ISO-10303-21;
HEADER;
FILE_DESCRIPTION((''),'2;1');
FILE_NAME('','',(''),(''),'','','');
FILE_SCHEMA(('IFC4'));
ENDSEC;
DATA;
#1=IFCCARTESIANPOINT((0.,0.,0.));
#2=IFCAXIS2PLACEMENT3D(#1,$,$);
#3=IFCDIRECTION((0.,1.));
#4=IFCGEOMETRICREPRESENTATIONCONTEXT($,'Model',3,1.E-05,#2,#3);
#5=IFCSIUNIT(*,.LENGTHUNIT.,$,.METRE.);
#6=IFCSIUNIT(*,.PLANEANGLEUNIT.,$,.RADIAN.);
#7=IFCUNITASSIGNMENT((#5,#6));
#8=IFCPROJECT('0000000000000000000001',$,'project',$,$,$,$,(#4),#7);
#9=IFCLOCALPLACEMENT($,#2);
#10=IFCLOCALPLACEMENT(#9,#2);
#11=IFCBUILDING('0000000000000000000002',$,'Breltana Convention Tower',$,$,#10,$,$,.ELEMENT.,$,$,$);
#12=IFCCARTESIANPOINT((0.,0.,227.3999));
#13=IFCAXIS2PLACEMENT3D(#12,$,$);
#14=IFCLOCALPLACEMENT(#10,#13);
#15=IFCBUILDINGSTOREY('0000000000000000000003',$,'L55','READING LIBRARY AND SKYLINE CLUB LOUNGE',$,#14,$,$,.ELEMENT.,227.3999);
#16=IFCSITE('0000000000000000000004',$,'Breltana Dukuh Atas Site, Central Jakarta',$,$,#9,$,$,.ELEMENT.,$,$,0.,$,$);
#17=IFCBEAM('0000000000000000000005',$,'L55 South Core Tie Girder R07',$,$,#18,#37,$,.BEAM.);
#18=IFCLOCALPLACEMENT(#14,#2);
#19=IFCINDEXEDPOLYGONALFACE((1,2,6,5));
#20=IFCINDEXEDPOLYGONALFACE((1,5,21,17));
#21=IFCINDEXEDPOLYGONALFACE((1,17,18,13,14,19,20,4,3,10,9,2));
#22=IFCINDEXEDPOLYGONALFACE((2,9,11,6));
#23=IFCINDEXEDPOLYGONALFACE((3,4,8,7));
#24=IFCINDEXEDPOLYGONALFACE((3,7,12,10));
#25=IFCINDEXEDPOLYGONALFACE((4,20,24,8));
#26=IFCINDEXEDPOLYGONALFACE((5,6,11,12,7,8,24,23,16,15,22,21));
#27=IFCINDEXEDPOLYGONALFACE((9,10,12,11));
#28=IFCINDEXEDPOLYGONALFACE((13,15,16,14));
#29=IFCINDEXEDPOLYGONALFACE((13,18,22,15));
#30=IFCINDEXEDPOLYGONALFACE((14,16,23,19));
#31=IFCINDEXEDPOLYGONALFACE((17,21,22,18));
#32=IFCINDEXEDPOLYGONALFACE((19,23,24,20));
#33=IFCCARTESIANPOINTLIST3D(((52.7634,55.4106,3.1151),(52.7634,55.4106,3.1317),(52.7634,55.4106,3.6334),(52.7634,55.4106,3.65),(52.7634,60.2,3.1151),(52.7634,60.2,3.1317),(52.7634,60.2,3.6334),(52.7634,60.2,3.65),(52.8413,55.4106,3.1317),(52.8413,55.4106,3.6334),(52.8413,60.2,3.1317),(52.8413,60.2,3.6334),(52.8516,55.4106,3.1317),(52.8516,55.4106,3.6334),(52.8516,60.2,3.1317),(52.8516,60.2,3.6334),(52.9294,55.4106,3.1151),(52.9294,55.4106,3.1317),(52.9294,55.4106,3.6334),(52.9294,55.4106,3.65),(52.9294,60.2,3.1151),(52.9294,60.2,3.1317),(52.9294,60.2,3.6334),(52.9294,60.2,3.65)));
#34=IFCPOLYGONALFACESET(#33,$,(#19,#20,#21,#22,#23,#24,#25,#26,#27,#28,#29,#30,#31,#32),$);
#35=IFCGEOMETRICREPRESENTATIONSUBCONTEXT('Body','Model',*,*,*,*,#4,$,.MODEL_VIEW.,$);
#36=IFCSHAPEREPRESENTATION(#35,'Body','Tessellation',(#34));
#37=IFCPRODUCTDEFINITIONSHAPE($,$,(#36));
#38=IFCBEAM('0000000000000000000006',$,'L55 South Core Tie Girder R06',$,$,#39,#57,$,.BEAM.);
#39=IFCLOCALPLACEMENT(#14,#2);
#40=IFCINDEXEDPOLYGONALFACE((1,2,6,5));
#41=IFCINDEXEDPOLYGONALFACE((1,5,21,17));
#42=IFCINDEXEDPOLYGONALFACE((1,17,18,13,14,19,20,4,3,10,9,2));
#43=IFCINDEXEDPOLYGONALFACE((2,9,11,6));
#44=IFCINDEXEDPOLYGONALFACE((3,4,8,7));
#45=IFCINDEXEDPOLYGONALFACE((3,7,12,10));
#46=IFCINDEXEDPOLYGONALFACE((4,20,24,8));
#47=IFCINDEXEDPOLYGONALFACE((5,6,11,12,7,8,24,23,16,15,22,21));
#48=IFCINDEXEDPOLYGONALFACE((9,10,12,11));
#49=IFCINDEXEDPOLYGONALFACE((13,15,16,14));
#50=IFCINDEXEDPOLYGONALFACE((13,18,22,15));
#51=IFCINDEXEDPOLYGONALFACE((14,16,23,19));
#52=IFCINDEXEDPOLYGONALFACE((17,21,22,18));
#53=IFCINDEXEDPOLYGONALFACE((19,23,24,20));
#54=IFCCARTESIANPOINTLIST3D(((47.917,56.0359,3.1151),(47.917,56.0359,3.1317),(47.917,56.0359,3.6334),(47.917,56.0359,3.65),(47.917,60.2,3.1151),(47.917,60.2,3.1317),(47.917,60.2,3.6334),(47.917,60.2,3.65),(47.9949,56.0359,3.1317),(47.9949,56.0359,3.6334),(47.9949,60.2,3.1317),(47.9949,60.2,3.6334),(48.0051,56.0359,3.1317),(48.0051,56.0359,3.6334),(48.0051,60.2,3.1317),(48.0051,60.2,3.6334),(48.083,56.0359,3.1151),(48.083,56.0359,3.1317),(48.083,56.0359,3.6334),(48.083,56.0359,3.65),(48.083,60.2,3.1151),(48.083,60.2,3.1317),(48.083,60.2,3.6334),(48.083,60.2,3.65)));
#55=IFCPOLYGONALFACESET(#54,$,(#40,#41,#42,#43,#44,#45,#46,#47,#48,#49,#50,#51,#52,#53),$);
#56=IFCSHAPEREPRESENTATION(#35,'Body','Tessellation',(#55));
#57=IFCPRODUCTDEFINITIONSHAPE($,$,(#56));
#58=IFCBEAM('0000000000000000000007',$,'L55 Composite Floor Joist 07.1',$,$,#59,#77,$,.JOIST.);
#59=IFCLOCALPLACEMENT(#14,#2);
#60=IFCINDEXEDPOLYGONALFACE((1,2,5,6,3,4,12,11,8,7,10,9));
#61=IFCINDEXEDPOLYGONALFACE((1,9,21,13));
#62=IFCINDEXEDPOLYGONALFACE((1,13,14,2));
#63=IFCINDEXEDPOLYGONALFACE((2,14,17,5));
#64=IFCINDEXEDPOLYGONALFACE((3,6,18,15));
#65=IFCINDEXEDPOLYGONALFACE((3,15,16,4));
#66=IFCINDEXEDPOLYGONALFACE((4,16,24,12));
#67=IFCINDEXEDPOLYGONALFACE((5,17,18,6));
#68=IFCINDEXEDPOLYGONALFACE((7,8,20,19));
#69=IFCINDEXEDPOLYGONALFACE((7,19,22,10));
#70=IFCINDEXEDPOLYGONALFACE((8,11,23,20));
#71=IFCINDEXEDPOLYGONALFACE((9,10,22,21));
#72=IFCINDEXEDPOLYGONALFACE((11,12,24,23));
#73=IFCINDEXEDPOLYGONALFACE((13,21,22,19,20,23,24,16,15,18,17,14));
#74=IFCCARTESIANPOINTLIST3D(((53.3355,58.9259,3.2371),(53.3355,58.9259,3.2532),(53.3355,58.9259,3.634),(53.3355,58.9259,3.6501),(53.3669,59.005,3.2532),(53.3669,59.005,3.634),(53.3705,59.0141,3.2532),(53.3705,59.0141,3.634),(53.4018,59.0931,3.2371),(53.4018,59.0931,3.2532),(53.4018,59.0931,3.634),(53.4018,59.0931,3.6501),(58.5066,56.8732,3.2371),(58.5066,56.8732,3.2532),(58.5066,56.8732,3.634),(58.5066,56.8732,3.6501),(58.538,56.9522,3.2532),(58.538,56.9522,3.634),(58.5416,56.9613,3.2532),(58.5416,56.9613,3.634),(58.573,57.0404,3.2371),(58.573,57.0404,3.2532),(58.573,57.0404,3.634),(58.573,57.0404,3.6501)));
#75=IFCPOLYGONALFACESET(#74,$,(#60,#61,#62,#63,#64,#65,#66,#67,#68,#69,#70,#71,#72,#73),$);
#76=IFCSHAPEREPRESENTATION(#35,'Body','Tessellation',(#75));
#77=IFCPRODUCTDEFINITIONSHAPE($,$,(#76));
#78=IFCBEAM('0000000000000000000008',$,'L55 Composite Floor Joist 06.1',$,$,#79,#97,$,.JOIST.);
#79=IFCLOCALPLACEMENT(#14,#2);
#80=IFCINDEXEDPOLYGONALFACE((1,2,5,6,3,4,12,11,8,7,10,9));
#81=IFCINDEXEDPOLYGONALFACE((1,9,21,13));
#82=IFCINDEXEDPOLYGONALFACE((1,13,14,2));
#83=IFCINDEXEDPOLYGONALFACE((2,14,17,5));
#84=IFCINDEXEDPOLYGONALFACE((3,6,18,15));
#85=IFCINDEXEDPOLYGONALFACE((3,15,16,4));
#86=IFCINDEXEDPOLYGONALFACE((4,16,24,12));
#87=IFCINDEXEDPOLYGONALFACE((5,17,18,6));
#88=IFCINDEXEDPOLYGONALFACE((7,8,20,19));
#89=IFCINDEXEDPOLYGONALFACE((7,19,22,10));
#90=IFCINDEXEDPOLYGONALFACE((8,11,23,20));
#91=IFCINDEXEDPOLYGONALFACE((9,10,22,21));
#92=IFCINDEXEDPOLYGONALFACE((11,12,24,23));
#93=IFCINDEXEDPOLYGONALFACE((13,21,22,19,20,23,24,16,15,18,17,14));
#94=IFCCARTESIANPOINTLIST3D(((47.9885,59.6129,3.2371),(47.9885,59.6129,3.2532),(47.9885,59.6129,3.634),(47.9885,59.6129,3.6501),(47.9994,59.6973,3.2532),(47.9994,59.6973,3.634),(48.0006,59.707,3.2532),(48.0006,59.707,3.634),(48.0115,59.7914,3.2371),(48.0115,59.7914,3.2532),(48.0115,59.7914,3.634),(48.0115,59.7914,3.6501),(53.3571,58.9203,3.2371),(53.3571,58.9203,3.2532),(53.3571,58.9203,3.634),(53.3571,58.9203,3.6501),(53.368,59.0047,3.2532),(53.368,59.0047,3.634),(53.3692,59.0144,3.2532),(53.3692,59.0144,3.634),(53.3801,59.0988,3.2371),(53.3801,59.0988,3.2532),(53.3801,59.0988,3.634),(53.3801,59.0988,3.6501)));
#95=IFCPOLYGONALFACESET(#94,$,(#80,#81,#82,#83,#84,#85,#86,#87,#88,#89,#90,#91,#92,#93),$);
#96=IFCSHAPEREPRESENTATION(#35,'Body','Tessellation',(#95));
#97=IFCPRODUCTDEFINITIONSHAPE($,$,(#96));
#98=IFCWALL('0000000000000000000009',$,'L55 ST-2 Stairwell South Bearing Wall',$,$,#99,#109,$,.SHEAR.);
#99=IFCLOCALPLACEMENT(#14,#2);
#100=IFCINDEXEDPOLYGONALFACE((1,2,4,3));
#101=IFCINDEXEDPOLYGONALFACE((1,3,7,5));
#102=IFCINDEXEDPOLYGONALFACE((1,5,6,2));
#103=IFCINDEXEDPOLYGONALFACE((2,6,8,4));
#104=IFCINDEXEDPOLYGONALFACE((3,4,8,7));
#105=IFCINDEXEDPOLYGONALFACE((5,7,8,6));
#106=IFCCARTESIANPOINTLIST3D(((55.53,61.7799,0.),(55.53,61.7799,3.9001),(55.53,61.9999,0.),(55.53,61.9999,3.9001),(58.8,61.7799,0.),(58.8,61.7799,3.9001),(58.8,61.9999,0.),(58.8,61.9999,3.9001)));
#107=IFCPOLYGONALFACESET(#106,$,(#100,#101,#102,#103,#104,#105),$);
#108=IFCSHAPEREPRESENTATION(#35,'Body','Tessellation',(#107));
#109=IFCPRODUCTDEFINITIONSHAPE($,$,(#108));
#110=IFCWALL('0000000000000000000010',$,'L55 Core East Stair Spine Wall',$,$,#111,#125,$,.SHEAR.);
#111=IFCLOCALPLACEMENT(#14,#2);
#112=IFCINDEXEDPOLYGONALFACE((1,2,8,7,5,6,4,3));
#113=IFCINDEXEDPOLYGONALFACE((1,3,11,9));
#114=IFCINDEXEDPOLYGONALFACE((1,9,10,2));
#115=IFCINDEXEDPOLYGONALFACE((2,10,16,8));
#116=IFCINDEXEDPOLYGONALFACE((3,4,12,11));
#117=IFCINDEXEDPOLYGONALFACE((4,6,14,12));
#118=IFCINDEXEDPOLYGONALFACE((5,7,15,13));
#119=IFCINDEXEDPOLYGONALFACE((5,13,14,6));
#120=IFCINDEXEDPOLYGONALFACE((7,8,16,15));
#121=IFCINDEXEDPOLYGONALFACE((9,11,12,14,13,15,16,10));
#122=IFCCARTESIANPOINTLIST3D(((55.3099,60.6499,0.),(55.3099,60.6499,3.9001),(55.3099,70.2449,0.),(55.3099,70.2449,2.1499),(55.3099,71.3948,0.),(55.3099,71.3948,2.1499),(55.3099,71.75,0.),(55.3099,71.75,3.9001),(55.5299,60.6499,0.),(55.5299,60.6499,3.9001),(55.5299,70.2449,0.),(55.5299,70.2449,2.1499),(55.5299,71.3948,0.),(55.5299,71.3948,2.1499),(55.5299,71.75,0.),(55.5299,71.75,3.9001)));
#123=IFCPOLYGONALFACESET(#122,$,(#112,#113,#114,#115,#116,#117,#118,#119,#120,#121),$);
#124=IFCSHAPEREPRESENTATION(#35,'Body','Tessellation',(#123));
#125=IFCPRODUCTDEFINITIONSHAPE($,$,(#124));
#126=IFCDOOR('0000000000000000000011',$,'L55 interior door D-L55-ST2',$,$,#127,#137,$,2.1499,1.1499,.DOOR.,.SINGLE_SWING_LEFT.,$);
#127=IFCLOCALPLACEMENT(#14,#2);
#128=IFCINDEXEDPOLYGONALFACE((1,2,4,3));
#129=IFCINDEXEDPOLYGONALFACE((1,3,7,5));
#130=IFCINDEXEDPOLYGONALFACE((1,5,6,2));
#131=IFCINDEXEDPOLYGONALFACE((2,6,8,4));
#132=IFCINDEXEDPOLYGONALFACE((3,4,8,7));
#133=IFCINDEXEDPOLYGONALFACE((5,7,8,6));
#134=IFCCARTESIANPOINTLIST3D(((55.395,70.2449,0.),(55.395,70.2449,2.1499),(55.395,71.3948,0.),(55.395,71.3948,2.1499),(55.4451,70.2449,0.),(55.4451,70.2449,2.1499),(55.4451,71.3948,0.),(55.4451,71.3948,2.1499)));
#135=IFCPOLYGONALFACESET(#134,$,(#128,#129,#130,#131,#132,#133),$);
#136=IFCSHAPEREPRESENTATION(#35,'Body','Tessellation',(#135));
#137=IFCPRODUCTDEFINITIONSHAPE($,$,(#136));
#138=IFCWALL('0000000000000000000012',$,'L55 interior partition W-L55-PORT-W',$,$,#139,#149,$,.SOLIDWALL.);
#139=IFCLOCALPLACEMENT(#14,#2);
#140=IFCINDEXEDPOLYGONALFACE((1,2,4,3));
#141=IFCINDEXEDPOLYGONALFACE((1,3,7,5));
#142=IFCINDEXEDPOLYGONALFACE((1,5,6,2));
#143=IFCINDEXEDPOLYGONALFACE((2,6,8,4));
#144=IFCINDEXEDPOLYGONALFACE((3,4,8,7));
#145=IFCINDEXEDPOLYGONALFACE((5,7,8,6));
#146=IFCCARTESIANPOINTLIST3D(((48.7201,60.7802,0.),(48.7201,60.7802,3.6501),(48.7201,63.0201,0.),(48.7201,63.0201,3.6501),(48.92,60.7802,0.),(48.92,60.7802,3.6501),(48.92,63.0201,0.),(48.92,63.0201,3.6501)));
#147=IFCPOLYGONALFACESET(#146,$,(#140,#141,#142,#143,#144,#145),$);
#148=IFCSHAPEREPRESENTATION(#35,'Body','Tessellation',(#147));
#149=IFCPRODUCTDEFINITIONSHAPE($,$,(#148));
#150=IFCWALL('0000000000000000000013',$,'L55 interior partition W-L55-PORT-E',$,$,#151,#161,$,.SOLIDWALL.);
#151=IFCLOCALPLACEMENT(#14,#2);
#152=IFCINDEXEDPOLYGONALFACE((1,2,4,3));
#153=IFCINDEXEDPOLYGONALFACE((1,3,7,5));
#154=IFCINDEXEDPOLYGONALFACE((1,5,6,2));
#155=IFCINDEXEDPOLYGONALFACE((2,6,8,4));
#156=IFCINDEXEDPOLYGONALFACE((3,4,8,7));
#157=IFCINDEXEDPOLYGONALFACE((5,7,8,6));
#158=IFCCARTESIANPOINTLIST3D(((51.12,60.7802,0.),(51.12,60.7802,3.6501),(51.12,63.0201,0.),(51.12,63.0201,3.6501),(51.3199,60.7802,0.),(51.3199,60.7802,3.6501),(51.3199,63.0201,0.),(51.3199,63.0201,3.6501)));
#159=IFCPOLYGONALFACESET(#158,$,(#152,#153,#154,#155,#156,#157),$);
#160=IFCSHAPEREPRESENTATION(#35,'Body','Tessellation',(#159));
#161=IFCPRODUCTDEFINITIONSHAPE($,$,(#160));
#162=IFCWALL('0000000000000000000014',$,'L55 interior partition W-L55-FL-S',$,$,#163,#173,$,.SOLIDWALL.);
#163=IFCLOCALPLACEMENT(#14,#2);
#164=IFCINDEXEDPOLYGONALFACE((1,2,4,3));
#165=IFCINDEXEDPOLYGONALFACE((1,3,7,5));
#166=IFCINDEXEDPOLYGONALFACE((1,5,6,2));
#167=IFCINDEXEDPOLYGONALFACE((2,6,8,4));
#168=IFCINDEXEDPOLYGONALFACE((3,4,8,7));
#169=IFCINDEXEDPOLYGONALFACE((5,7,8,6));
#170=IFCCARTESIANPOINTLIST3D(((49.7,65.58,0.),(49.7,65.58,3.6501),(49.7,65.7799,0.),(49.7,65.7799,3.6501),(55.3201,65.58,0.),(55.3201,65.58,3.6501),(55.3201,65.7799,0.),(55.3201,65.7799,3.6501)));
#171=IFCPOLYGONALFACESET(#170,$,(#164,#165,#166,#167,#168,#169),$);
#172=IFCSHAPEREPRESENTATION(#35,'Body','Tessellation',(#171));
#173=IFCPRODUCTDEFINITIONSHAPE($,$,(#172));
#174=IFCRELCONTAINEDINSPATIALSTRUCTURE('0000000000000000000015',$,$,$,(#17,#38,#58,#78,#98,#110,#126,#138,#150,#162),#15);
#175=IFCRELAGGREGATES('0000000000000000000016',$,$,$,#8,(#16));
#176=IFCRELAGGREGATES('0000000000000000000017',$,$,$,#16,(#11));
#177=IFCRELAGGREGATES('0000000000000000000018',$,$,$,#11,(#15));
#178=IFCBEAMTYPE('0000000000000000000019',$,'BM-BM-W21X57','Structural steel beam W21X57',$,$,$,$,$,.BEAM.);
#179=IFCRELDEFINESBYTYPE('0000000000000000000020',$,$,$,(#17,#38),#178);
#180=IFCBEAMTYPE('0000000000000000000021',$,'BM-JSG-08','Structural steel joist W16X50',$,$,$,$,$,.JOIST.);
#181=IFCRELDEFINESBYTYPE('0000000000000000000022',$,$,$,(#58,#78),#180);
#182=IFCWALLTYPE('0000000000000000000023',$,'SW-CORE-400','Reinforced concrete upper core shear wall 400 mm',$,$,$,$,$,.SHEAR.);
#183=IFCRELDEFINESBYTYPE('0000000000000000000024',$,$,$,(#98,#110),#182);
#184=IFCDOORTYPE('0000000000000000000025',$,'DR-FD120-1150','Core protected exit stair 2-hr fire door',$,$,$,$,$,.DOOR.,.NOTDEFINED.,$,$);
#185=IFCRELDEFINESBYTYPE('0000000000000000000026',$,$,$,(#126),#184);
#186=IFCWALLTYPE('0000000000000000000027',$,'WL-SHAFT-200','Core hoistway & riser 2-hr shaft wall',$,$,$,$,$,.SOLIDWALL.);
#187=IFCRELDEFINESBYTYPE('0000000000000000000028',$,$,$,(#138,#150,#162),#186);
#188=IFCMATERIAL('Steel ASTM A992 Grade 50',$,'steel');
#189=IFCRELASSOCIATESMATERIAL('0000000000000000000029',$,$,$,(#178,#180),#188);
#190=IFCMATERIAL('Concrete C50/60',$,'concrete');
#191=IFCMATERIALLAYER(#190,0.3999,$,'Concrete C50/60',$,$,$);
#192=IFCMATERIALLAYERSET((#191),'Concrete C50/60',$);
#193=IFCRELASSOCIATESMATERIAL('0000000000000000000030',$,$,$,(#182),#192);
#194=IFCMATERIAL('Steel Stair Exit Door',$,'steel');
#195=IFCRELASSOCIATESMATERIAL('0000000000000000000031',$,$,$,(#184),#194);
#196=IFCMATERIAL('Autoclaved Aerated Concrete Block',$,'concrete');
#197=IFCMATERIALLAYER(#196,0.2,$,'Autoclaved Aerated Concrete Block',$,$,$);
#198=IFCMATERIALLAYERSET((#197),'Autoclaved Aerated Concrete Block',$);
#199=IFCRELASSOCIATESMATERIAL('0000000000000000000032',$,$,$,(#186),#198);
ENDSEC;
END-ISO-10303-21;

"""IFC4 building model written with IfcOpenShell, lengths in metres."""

from ifc_helpers import new_model, si_unit, direction, frame, frame_2d, origin, origin_2d, place, context, subcontext, project, spatial, rectangle, i_section, extrude, source, transform, mapped, material, layer, layer_set, material_profile, profile_set, type_object, type_shapes, element, fill, save


model = new_model("IFC4")

# Units and contexts
model_context = context("Model", 3, precision=1e-05, world=origin(), true_north=direction((0.0, 1.0)))
body_context = subcontext(model_context, "Body", "Model", "MODEL_VIEW")
ifc_project = project(units=[si_unit("LENGTHUNIT", "METRE"), si_unit("PLANEANGLEUNIT", "RADIAN")], contexts=[model_context])

# Site, building, storey
site_placement = place(None, origin())
site = spatial("IfcSite", under=ifc_project, at=site_placement, Name="Breltana Dukuh Atas Site, Central Jakarta", CompositionType="ELEMENT", RefElevation=0.0)
building_placement = place(site_placement, origin())
building = spatial("IfcBuilding", under=site, at=building_placement, Name="Breltana Convention Tower", CompositionType="ELEMENT")
storey_placement = place(building_placement, frame((0.0, 0.0, 227.3999)))
storey = spatial("IfcBuildingStorey", under=building, at=storey_placement, Name="L55", Description="READING LIBRARY AND SKYLINE CLUB LOUNGE", CompositionType="ELEMENT", Elevation=227.3999)

# Beams
ifc_material_1 = material(Name="Steel ASTM A992 Grade 50", Category="steel")
ifc_material_profile_1 = material_profile(ifc_material_1, i_section(OverallWidth=0.166, OverallDepth=0.5349, WebThickness=0.0103, FlangeThickness=0.0166, at=origin_2d()), Name="W21X57")
ifc_profile_set_1 = profile_set([ifc_material_profile_1], Name="Steel ASTM A992 Grade 50")
beam_type_1 = type_object("IfcBeamType", Name="BM-BM-W21X57", Description="Structural steel beam W21X57", PredefinedType="BEAM", material=ifc_profile_set_1)
shared_shape_1 = source(origin(), body_context, "Body", "SweptSolid", [
    extrude(i_section(OverallWidth=0.166, OverallDepth=0.5349, WebThickness=0.0103, FlangeThickness=0.0166, at=origin_2d()), origin(), (0.0, 0.0, 1.0), 4.7893),
])
beam_1_placement = place(storey_placement, frame((52.8464, 60.2, 3.3826), z_axis=(0.0, -1.0, 0.0), x_axis=(1.0, 0.0, 0.0)))
element("IfcBeam", 1, at=beam_1_placement, inside=storey, type_object=beam_type_1, Name="L55 South Core Tie Girder R07", PredefinedType="BEAM", context=body_context, shape_type="MappedRepresentation", body=[
    mapped(shared_shape_1, transform((0.0, 0.0, 0.0), scale=1.0)),
])
shared_shape_2 = source(origin(), body_context, "Body", "SweptSolid", [
    extrude(i_section(OverallWidth=0.166, OverallDepth=0.5349, WebThickness=0.0103, FlangeThickness=0.0166, at=origin_2d()), origin(), (0.0, 0.0, 1.0), 4.1641),
])
beam_2_placement = place(storey_placement, frame((48.0, 60.2, 3.3826), z_axis=(0.0, -1.0, 0.0), x_axis=(1.0, 0.0, 0.0)))
element("IfcBeam", 2, at=beam_2_placement, inside=storey, type_object=beam_type_1, Name="L55 South Core Tie Girder R06", PredefinedType="BEAM", context=body_context, shape_type="MappedRepresentation", body=[
    mapped(shared_shape_2, transform((0.0, 0.0, 0.0), scale=1.0)),
])
ifc_material_profile_2 = material_profile(ifc_material_1, i_section(OverallWidth=0.1799, OverallDepth=0.4131, WebThickness=0.0098, FlangeThickness=0.0161, at=origin_2d()), Name="W16X50")
ifc_profile_set_2 = profile_set([ifc_material_profile_2], Name="Steel ASTM A992 Grade 50")
beam_type_2 = type_object("IfcBeamType", Name="BM-JSG-08", Description="Structural steel joist W16X50", PredefinedType="JOIST", material=ifc_profile_set_2)
shared_shape_3 = source(origin(), body_context, "Body", "SweptSolid", [
    extrude(i_section(OverallWidth=0.1799, OverallDepth=0.4131, WebThickness=0.0098, FlangeThickness=0.0161, at=origin_2d()), origin(), (0.0, 0.0, 1.0), 5.5637),
])
beam_3_placement = place(storey_placement, frame((53.3687, 59.0095, 3.4436), z_axis=(0.929448, -0.368953, 0.0), x_axis=(0.368953, 0.929448, 0.0)))
element("IfcBeam", 3, at=beam_3_placement, inside=storey, type_object=beam_type_2, Name="L55 Composite Floor Joist 07.1", PredefinedType="JOIST", context=body_context, shape_type="MappedRepresentation", body=[
    mapped(shared_shape_3, transform((0.0, 0.0, 0.0), scale=1.0)),
])
shared_shape_4 = source(origin(), body_context, "Body", "SweptSolid", [
    extrude(i_section(OverallWidth=0.1799, OverallDepth=0.4131, WebThickness=0.0098, FlangeThickness=0.0161, at=origin_2d()), origin(), (0.0, 0.0, 1.0), 5.4131),
])
beam_4_placement = place(storey_placement, frame((48.0, 59.7021, 3.4436), z_axis=(0.99178, -0.127953, 0.0), x_axis=(0.127953, 0.99178, 0.0)))
element("IfcBeam", 4, at=beam_4_placement, inside=storey, type_object=beam_type_2, Name="L55 Composite Floor Joist 06.1", PredefinedType="JOIST", context=body_context, shape_type="MappedRepresentation", body=[
    mapped(shared_shape_4, transform((0.0, 0.0, 0.0), scale=1.0)),
])

# Wall
ifc_material_2 = material(Name="Concrete C50/60", Category="concrete")
ifc_layer_1 = layer(ifc_material_2, 0.3999, Name="Concrete C50/60")
ifc_layer_set_1 = layer_set([ifc_layer_1], Name="Concrete C50/60")
wall_type_1 = type_object("IfcWallType", Name="SW-CORE-400", Description="Reinforced concrete upper core shear wall 400 mm", PredefinedType="SHEAR", material=ifc_layer_set_1)
shared_shape_5 = source(origin(), body_context, "Body", "SweptSolid", [
    extrude(rectangle(XDim=3.27, YDim=0.22, at=frame_2d((1.635, 0.0))), origin(), (0.0, 0.0, 1.0), 3.9001),
])
wall_1_placement = place(storey_placement, frame((55.53, 61.8899, 0.0), z_axis=(0.0, 0.0, 1.0), x_axis=(1.0, 0.0, 0.0)))
element("IfcWall", 5, at=wall_1_placement, inside=storey, type_object=wall_type_1, Name="L55 ST-2 Stairwell South Bearing Wall", PredefinedType="SHEAR", context=body_context, shape_type="MappedRepresentation", body=[
    mapped(shared_shape_5, transform((0.0, 0.0, 0.0), scale=1.0)),
])

# Wall, opening, door
shared_shape_6 = source(origin(), body_context, "Body", "SweptSolid", [
    extrude(rectangle(XDim=11.1001, YDim=0.22, at=frame_2d((5.55, 0.0))), origin(), (0.0, 0.0, 1.0), 3.9001),
])
wall_2_placement = place(storey_placement, frame((55.4199, 60.6499, 0.0), z_axis=(0.0, 0.0, 1.0), x_axis=(0.0, 1.0, 0.0)))
wall_2 = element("IfcWall", 6, at=wall_2_placement, inside=storey, type_object=wall_type_1, Name="L55 Core East Stair Spine Wall", PredefinedType="SHEAR", context=body_context, shape_type="MappedRepresentation", body=[
    mapped(shared_shape_6, transform((0.0, 0.0, 0.0), scale=1.0)),
])
opening_placement = place(wall_2_placement, frame((9.595, 0.0, 0.0)))
opening = element("IfcOpeningElement", 7, at=opening_placement, cuts=wall_2, PredefinedType="OPENING", context=body_context, shape_type="SweptSolid", body=[
    extrude(rectangle(XDim=1.1499, YDim=2.1499, at=frame_2d((0.575, 1.075))), frame((0.0, 0.1201, 0.0), z_axis=(0.0, -1.0, 0.0), x_axis=(1.0, 0.0, 0.0)), (0.0, 0.0, 1.0), 0.24),
])
ifc_material_3 = material(Name="Steel Stair Exit Door", Category="steel")
door_type = type_object("IfcDoorType", Name="DR-FD120-1150", Description="Core protected exit stair 2-hr fire door", OperationType="NOTDEFINED", PredefinedType="DOOR", material=ifc_material_3)
shared_shape_7 = source(origin(), body_context, "Body", "SweptSolid", [
    extrude(rectangle(XDim=1.1499, YDim=2.1499, at=frame_2d((0.575, 1.075))), frame((0.0, 0.0249, 0.0), z_axis=(0.0, -1.0, 0.0), x_axis=(1.0, 0.0, 0.0)), (0.0, 0.0, 1.0), 0.05),
])
type_shapes(door_type, [shared_shape_7])
door_placement = place(opening_placement, origin())
door = element("IfcDoor", 8, at=door_placement, inside=storey, type_object=door_type, Name="L55 interior door D-L55-ST2", OperationType="SINGLE_SWING_LEFT", OverallHeight=2.1499, OverallWidth=1.1499, PredefinedType="DOOR", context=body_context, shape_type="MappedRepresentation", body=[
    mapped(shared_shape_7, transform((0.0, 0.0, 0.0), scale=1.0)),
])
fill(opening, door)

# Walls
ifc_material_4 = material(Name="Autoclaved Aerated Concrete Block", Category="concrete")
ifc_layer_2 = layer(ifc_material_4, 0.2, Name="Autoclaved Aerated Concrete Block")
ifc_layer_set_2 = layer_set([ifc_layer_2], Name="Autoclaved Aerated Concrete Block")
wall_type_2 = type_object("IfcWallType", Name="WL-SHAFT-200", Description="Core hoistway & riser 2-hr shaft wall", PredefinedType="SOLIDWALL", material=ifc_layer_set_2)
shared_shape_8 = source(origin(), body_context, "Body", "SweptSolid", [
    extrude(rectangle(XDim=2.24, YDim=0.2, at=frame_2d((1.1201, 0.0))), origin(), (0.0, 0.0, 1.0), 3.6501),
])
for number, where, z_axis, x_axis, name in (
    (9, (48.8201, 60.78, 0.0), (0.0, 0.0, 1.0), (0.0, 1.0, 0.0), "L55 interior partition W-L55-PORT-W"),
    (10, (51.22, 60.78, 0.0), (0.0, 0.0, 1.0), (0.0, 1.0, 0.0), "L55 interior partition W-L55-PORT-E"),
):
    element("IfcWall", number, at=place(storey_placement, frame(where, z_axis=z_axis, x_axis=x_axis)), inside=storey, type_object=wall_type_2, Name=name, PredefinedType="SOLIDWALL", context=body_context, shape_type="MappedRepresentation", body=[
        mapped(shared_shape_8, transform((0.0, 0.0, 0.0), scale=1.0)),
    ])
shared_shape_9 = source(origin(), body_context, "Body", "SweptSolid", [
    extrude(rectangle(XDim=5.6201, YDim=0.2, at=frame_2d((2.8101, 0.0))), origin(), (0.0, 0.0, 1.0), 3.6501),
])
wall_3_placement = place(storey_placement, frame((49.7, 65.6799, 0.0), z_axis=(0.0, 0.0, 1.0), x_axis=(1.0, 0.0, 0.0)))
element("IfcWall", 11, at=wall_3_placement, inside=storey, type_object=wall_type_2, Name="L55 interior partition W-L55-FL-S", PredefinedType="SOLIDWALL", context=body_context, shape_type="MappedRepresentation", body=[
    mapped(shared_shape_9, transform((0.0, 0.0, 0.0), scale=1.0)),
])

save(model, "model.ifc")
